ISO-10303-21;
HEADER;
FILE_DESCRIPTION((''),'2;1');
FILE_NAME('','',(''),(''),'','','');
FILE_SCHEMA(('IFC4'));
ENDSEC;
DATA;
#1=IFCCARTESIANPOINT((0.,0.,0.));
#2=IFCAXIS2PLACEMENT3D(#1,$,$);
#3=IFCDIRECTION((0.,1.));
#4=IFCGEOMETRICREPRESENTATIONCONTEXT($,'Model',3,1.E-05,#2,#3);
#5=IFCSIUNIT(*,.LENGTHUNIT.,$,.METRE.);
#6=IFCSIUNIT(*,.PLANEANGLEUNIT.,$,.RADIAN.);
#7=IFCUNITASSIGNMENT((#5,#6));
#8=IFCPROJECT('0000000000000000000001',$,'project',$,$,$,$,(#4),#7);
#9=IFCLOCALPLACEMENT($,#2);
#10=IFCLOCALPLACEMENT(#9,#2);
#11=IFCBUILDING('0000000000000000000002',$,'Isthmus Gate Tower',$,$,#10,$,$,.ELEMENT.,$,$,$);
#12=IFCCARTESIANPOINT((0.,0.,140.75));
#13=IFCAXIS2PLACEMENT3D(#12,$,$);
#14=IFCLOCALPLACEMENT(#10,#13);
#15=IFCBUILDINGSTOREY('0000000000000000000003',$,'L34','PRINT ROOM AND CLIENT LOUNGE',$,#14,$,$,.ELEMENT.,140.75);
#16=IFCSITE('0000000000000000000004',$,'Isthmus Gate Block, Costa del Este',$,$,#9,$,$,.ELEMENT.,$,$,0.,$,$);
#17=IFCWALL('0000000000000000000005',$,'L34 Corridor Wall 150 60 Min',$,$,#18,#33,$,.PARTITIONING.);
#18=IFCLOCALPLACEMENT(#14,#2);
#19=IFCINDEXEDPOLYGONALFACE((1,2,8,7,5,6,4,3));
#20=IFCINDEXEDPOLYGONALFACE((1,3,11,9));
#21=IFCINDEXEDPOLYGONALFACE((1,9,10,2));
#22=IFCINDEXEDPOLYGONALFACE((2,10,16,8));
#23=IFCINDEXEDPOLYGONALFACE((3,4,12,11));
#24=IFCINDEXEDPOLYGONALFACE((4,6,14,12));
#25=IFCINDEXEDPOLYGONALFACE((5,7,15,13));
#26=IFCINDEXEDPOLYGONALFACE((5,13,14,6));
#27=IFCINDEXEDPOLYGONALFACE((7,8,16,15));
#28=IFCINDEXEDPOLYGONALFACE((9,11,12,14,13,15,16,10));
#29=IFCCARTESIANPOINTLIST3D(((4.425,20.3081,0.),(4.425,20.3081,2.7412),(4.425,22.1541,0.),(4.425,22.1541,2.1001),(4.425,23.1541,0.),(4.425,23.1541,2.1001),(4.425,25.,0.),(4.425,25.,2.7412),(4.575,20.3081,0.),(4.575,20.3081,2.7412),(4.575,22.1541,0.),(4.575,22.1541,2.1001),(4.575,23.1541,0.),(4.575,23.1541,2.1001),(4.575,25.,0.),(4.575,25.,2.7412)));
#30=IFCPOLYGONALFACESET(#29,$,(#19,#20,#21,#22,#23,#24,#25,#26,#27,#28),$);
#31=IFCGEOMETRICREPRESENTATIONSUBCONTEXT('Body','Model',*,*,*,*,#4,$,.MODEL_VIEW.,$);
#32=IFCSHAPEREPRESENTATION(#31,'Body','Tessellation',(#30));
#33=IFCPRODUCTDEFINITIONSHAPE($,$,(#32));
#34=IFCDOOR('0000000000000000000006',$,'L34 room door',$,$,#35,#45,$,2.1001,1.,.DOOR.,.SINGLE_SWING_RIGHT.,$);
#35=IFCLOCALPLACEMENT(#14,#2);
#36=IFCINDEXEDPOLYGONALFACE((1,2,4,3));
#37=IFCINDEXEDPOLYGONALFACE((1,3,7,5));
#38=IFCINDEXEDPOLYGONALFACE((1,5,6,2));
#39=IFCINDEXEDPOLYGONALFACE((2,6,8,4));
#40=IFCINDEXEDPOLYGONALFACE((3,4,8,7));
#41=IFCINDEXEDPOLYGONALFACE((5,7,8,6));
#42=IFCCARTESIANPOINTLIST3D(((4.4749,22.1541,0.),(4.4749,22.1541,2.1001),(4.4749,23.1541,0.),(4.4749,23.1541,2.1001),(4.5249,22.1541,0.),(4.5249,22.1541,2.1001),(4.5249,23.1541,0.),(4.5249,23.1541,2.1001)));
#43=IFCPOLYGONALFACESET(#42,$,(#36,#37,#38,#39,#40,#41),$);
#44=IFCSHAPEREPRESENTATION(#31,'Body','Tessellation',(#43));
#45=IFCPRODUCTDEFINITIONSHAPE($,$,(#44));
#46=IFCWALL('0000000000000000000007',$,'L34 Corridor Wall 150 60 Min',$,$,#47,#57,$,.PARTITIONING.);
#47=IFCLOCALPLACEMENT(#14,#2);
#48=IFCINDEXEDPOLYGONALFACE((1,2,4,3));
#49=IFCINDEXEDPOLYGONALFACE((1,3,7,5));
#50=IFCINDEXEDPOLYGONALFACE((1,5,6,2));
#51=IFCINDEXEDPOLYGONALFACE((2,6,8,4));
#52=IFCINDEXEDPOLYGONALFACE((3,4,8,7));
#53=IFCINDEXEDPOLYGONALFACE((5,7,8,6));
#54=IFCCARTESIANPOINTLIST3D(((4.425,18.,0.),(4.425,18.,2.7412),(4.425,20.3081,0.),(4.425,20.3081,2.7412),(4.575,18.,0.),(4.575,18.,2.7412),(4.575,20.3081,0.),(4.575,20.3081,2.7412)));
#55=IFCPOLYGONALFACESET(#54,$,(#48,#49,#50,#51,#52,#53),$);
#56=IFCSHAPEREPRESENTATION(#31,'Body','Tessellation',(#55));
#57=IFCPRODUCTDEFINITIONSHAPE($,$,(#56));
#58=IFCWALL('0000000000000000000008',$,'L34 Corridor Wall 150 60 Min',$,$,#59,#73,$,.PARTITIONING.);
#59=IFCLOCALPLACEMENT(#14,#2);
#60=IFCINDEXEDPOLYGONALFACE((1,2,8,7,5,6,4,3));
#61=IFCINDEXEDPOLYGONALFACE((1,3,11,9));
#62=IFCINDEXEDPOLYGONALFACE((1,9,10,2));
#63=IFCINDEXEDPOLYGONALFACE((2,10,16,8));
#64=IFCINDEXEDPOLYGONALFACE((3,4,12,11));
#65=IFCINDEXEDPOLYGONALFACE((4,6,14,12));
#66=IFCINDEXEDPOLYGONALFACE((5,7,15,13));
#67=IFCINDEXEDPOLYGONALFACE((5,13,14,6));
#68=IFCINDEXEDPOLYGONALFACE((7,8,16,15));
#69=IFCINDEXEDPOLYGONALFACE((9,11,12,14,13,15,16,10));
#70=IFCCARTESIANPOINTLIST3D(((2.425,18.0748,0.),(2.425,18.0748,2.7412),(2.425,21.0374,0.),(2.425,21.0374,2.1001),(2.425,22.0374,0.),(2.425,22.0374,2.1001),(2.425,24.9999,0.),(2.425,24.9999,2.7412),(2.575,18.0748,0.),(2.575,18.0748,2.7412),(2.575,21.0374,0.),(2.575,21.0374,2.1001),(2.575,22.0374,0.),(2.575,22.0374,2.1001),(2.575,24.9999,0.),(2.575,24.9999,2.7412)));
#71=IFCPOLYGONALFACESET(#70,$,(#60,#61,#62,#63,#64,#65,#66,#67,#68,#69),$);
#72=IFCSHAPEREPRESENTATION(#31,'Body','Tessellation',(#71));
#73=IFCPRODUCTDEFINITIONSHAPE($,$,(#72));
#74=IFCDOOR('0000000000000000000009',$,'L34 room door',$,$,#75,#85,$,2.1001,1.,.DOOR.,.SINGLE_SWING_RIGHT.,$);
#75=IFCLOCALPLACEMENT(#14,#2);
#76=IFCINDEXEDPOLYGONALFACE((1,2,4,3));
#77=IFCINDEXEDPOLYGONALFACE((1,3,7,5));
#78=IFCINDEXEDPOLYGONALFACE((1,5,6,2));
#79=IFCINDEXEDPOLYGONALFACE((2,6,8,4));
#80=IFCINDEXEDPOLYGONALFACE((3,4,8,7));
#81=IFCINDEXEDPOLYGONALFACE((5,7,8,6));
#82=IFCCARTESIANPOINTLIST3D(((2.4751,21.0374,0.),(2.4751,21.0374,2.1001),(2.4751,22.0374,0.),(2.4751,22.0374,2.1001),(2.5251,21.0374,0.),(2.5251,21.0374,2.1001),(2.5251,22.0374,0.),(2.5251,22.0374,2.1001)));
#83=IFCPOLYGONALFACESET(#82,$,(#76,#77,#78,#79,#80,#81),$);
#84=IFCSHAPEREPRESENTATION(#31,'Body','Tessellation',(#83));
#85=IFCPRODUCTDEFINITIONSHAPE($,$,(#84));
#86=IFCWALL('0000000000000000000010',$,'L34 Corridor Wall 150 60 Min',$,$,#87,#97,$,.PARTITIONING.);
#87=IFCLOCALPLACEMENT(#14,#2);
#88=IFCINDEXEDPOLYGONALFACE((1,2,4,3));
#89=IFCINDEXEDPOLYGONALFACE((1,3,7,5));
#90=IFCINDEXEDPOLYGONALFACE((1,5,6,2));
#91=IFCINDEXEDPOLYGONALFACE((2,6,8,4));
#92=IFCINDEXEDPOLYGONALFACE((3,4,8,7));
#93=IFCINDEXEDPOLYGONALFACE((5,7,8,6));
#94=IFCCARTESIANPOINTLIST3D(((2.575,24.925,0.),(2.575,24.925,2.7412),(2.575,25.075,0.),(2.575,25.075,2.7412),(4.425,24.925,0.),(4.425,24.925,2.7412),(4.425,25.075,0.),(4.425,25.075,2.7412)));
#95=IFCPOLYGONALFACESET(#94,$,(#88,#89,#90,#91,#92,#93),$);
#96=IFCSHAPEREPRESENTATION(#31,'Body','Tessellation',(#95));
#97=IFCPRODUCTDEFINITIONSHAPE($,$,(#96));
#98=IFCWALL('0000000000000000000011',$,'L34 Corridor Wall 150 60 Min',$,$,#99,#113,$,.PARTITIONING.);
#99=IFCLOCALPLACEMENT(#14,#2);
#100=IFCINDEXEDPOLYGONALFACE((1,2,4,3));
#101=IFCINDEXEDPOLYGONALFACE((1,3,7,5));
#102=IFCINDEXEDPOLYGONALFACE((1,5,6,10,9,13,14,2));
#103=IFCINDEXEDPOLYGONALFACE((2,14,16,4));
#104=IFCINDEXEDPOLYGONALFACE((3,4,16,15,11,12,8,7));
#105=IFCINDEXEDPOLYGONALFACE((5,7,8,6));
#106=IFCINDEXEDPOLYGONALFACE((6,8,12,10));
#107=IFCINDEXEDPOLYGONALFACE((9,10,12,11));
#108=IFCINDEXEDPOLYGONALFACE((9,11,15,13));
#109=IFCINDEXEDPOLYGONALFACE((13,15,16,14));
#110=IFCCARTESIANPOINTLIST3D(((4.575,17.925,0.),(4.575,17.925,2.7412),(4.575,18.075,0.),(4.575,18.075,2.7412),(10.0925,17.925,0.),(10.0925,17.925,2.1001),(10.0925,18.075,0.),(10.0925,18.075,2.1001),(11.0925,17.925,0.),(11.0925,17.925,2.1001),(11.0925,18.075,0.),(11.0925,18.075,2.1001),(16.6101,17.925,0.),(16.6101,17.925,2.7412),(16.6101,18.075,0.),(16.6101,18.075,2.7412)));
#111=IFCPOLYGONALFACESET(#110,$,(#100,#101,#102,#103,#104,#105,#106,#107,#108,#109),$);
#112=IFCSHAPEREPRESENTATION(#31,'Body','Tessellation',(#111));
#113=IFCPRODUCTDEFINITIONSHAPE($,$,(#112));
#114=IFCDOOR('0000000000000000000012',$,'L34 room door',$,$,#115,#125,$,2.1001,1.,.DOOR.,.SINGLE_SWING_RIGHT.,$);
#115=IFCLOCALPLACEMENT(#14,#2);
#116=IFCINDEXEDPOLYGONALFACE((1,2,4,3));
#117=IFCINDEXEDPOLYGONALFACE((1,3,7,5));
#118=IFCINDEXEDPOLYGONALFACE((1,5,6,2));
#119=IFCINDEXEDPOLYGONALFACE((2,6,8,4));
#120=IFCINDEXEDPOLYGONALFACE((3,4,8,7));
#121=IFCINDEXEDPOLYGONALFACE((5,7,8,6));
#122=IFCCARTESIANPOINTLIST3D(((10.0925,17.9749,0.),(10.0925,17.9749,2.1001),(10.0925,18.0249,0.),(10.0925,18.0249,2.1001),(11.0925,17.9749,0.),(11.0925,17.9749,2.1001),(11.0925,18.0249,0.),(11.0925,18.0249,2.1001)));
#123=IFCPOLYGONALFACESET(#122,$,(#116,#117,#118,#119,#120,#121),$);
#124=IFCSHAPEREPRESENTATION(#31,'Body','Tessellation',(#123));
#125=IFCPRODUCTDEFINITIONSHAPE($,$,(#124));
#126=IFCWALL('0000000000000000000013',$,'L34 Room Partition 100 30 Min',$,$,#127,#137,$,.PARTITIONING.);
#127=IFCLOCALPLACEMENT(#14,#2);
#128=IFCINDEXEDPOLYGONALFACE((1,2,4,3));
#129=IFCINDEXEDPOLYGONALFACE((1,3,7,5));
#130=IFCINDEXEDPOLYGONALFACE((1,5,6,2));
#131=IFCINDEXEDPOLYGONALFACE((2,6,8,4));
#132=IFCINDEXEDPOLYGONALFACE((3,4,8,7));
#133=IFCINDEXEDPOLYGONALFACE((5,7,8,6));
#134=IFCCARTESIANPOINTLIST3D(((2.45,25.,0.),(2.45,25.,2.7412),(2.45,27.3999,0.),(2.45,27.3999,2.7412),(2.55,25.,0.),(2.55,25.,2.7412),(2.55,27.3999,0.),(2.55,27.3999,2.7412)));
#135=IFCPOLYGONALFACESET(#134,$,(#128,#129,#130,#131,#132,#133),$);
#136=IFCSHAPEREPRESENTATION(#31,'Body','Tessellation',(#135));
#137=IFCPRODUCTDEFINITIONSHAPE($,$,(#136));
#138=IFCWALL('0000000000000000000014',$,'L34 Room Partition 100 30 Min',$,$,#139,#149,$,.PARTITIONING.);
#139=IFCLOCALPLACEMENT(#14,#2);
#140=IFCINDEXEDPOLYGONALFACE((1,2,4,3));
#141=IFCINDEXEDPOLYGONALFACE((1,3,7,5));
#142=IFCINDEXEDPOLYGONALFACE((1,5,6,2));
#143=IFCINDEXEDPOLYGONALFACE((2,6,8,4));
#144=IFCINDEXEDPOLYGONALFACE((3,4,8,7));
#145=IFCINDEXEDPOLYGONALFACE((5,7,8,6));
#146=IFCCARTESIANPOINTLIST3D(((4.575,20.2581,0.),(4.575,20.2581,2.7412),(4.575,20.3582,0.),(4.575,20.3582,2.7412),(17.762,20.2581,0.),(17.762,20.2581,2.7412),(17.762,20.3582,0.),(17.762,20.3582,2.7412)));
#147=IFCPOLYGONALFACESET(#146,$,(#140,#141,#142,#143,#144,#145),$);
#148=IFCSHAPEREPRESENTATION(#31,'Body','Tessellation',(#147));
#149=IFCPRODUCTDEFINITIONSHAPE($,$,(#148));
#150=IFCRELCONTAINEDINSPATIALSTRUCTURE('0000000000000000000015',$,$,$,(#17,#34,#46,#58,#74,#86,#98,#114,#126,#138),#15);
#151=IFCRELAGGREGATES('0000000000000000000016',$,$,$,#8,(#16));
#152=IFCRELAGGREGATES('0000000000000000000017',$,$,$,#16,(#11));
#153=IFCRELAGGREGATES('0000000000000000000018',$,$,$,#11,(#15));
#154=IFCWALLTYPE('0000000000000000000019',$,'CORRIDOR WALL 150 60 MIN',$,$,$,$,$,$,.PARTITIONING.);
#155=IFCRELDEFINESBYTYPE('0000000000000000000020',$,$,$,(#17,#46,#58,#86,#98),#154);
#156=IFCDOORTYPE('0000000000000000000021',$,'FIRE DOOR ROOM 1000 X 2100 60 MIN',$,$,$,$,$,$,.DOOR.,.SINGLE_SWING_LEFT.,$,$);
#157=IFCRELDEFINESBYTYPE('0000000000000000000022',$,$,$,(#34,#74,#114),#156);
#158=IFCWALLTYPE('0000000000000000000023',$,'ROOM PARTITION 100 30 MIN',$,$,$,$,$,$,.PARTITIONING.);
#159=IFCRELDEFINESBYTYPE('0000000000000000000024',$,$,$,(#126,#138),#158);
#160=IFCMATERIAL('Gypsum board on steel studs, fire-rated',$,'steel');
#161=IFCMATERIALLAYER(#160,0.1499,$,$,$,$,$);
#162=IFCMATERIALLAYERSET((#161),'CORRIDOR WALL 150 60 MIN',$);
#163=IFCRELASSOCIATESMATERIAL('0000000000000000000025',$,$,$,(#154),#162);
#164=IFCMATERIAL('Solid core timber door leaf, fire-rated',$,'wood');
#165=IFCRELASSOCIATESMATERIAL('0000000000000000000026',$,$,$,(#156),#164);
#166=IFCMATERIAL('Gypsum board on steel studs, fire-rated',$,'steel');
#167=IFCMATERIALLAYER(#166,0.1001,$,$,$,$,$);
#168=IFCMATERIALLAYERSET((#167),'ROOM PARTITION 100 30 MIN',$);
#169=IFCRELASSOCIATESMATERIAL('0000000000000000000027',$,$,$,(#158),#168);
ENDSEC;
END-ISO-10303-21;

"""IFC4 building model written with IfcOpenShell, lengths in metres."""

from ifc_helpers import new_model, si_unit, direction, frame, frame_2d, origin, place, context, subcontext, project, spatial, rectangle, extrude, material, layer, layer_set, type_object, element, fill, save


model = new_model("IFC4")

# Units and contexts
model_context = context("Model", 3, precision=1e-05, world=origin(), true_north=direction((0.0, 1.0)))
body_context = subcontext(model_context, "Body", "Model", "MODEL_VIEW")
ifc_project = project(units=[si_unit("LENGTHUNIT", "METRE"), si_unit("PLANEANGLEUNIT", "RADIAN")], contexts=[model_context])

# Site, building, storey
site_placement = place(None, origin())
site = spatial("IfcSite", under=ifc_project, at=site_placement, Name="Isthmus Gate Block, Costa del Este", CompositionType="ELEMENT", RefElevation=0.0)
building_placement = place(site_placement, origin())
building = spatial("IfcBuilding", under=site, at=building_placement, Name="Isthmus Gate Tower", CompositionType="ELEMENT")
storey_placement = place(building_placement, frame((0.0, 0.0, 140.75)))
storey = spatial("IfcBuildingStorey", under=building, at=storey_placement, Name="L34", Description="PRINT ROOM AND CLIENT LOUNGE", CompositionType="ELEMENT", Elevation=140.75)

# Wall, opening, door
ifc_material_1 = material(Name="Gypsum board on steel studs, fire-rated", Category="steel")
ifc_layer_1 = layer(ifc_material_1, 0.1499)
ifc_layer_set_1 = layer_set([ifc_layer_1], Name="CORRIDOR WALL 150 60 MIN")
wall_type_1 = type_object("IfcWallType", Name="CORRIDOR WALL 150 60 MIN", PredefinedType="PARTITIONING", material=ifc_layer_set_1)
wall_1_placement = place(storey_placement, frame((4.5, 25.0, 0.0), z_axis=(0.0, 0.0, 1.0), x_axis=(0.0, -1.0, 0.0)))
wall_1 = element("IfcWall", 1, at=wall_1_placement, inside=storey, type_object=wall_type_1, Name="L34 Corridor Wall 150 60 Min", PredefinedType="PARTITIONING", context=body_context, shape_type="SweptSolid", body=[
    extrude(rectangle(XDim=4.6919, YDim=0.1499, at=frame_2d((2.3459, 0.0))), origin(), (0.0, 0.0, 1.0), 2.7412),
])
opening_1_placement = place(wall_1_placement, frame((1.8459, 0.0, 0.0)))
opening_1 = element("IfcOpeningElement", 2, at=opening_1_placement, cuts=wall_1, PredefinedType="OPENING", context=body_context, shape_type="SweptSolid", body=[
    extrude(rectangle(XDim=1.0, YDim=2.1001, at=frame_2d((0.5, 1.05))), frame((0.0, 0.085, 0.0), z_axis=(0.0, -1.0, 0.0), x_axis=(1.0, 0.0, 0.0)), (0.0, 0.0, 1.0), 0.1699),
])
ifc_material_2 = material(Name="Solid core timber door leaf, fire-rated", Category="wood")
door_type = type_object("IfcDoorType", Name="FIRE DOOR ROOM 1000 X 2100 60 MIN", OperationType="SINGLE_SWING_LEFT", PredefinedType="DOOR", material=ifc_material_2)
door_1_placement = place(opening_1_placement, origin())
door_1 = element("IfcDoor", 3, at=door_1_placement, inside=storey, type_object=door_type, Name="L34 room door", OperationType="SINGLE_SWING_RIGHT", OverallHeight=2.1001, OverallWidth=1.0, PredefinedType="DOOR", context=body_context, shape_type="SweptSolid", body=[
    extrude(rectangle(XDim=1.0, YDim=2.1001, at=frame_2d((0.5, 1.05))), frame((0.0, 0.0249, 0.0), z_axis=(0.0, -1.0, 0.0), x_axis=(1.0, 0.0, 0.0)), (0.0, 0.0, 1.0), 0.05),
])
fill(opening_1, door_1)

# Wall
wall_2_placement = place(storey_placement, frame((4.5, 20.3081, 0.0), z_axis=(0.0, 0.0, 1.0), x_axis=(0.0, -1.0, 0.0)))
element("IfcWall", 4, at=wall_2_placement, inside=storey, type_object=wall_type_1, Name="L34 Corridor Wall 150 60 Min", PredefinedType="PARTITIONING", context=body_context, shape_type="SweptSolid", body=[
    extrude(rectangle(XDim=2.3081, YDim=0.1499, at=frame_2d((1.1541, 0.0))), origin(), (0.0, 0.0, 1.0), 2.7412),
])

# Wall, opening, door
wall_3_placement = place(storey_placement, frame((2.5, 18.075, 0.0), z_axis=(0.0, 0.0, 1.0), x_axis=(0.0, 1.0, 0.0)))
wall_3 = element("IfcWall", 5, at=wall_3_placement, inside=storey, type_object=wall_type_1, Name="L34 Corridor Wall 150 60 Min", PredefinedType="PARTITIONING", context=body_context, shape_type="SweptSolid", body=[
    extrude(rectangle(XDim=6.925, YDim=0.1499, at=frame_2d((3.4624, 0.0))), origin(), (0.0, 0.0, 1.0), 2.7412),
])
opening_2_placement = place(wall_3_placement, frame((2.9624, 0.0, 0.0)))
opening_2 = element("IfcOpeningElement", 6, at=opening_2_placement, cuts=wall_3, PredefinedType="OPENING", context=body_context, shape_type="SweptSolid", body=[
    extrude(rectangle(XDim=1.0, YDim=2.1001, at=frame_2d((0.5, 1.05))), frame((0.0, 0.085, 0.0), z_axis=(0.0, -1.0, 0.0), x_axis=(1.0, 0.0, 0.0)), (0.0, 0.0, 1.0), 0.1699),
])
door_2_placement = place(opening_2_placement, origin())
door_2 = element("IfcDoor", 7, at=door_2_placement, inside=storey, type_object=door_type, Name="L34 room door", OperationType="SINGLE_SWING_RIGHT", OverallHeight=2.1001, OverallWidth=1.0, PredefinedType="DOOR", context=body_context, shape_type="SweptSolid", body=[
    extrude(rectangle(XDim=1.0, YDim=2.1001, at=frame_2d((0.5, 1.05))), frame((0.0, 0.0249, 0.0), z_axis=(0.0, -1.0, 0.0), x_axis=(1.0, 0.0, 0.0)), (0.0, 0.0, 1.0), 0.05),
])
fill(opening_2, door_2)

# Wall
wall_4_placement = place(storey_placement, frame((2.575, 25.0, 0.0), z_axis=(0.0, 0.0, 1.0), x_axis=(1.0, 0.0, 0.0)))
element("IfcWall", 8, at=wall_4_placement, inside=storey, type_object=wall_type_1, Name="L34 Corridor Wall 150 60 Min", PredefinedType="PARTITIONING", context=body_context, shape_type="SweptSolid", body=[
    extrude(rectangle(XDim=1.8501, YDim=0.1499, at=frame_2d((0.925, 0.0))), origin(), (0.0, 0.0, 1.0), 2.7412),
])

# Wall, opening, door
wall_5_placement = place(storey_placement, frame((4.575, 18.0, 0.0), z_axis=(0.0, 0.0, 1.0), x_axis=(1.0, 0.0, 0.0)))
wall_5 = element("IfcWall", 9, at=wall_5_placement, inside=storey, type_object=wall_type_1, Name="L34 Corridor Wall 150 60 Min", PredefinedType="PARTITIONING", context=body_context, shape_type="SweptSolid", body=[
    extrude(rectangle(XDim=12.0352, YDim=0.1499, at=frame_2d((6.0176, 0.0))), origin(), (0.0, 0.0, 1.0), 2.7412),
])
opening_3_placement = place(wall_5_placement, frame((5.5176, 0.0, 0.0)))
opening_3 = element("IfcOpeningElement", 10, at=opening_3_placement, cuts=wall_5, PredefinedType="OPENING", context=body_context, shape_type="SweptSolid", body=[
    extrude(rectangle(XDim=1.0, YDim=2.1001, at=frame_2d((0.5, 1.05))), frame((0.0, 0.085, 0.0), z_axis=(0.0, -1.0, 0.0), x_axis=(1.0, 0.0, 0.0)), (0.0, 0.0, 1.0), 0.1699),
])
door_3_placement = place(opening_3_placement, origin())
door_3 = element("IfcDoor", 11, at=door_3_placement, inside=storey, type_object=door_type, Name="L34 room door", OperationType="SINGLE_SWING_RIGHT", OverallHeight=2.1001, OverallWidth=1.0, PredefinedType="DOOR", context=body_context, shape_type="SweptSolid", body=[
    extrude(rectangle(XDim=1.0, YDim=2.1001, at=frame_2d((0.5, 1.05))), frame((0.0, 0.0249, 0.0), z_axis=(0.0, -1.0, 0.0), x_axis=(1.0, 0.0, 0.0)), (0.0, 0.0, 1.0), 0.05),
])
fill(opening_3, door_3)

# Walls
ifc_material_3 = material(Name="Gypsum board on steel studs, fire-rated", Category="steel")
ifc_layer_2 = layer(ifc_material_3, 0.1001)
ifc_layer_set_2 = layer_set([ifc_layer_2], Name="ROOM PARTITION 100 30 MIN")
wall_type_2 = type_object("IfcWallType", Name="ROOM PARTITION 100 30 MIN", PredefinedType="PARTITIONING", material=ifc_layer_set_2)
wall_6_placement = place(storey_placement, frame((2.5, 25.0, 0.0), z_axis=(0.0, 0.0, 1.0), x_axis=(0.0, 1.0, 0.0)))
element("IfcWall", 12, at=wall_6_placement, inside=storey, type_object=wall_type_2, Name="L34 Room Partition 100 30 Min", PredefinedType="PARTITIONING", context=body_context, shape_type="SweptSolid", body=[
    extrude(rectangle(XDim=2.3999, YDim=0.1001, at=frame_2d((1.2, 0.0))), origin(), (0.0, 0.0, 1.0), 2.7412),
])
wall_7_placement = place(storey_placement, frame((4.575, 20.3081, 0.0), z_axis=(0.0, 0.0, 1.0), x_axis=(1.0, 0.0, 0.0)))
element("IfcWall", 13, at=wall_7_placement, inside=storey, type_object=wall_type_2, Name="L34 Room Partition 100 30 Min", PredefinedType="PARTITIONING", context=body_context, shape_type="SweptSolid", body=[
    extrude(rectangle(XDim=13.187, YDim=0.1001, at=frame_2d((6.5935, 0.0))), origin(), (0.0, 0.0, 1.0), 2.7412),
])

save(model, "model.ifc")
